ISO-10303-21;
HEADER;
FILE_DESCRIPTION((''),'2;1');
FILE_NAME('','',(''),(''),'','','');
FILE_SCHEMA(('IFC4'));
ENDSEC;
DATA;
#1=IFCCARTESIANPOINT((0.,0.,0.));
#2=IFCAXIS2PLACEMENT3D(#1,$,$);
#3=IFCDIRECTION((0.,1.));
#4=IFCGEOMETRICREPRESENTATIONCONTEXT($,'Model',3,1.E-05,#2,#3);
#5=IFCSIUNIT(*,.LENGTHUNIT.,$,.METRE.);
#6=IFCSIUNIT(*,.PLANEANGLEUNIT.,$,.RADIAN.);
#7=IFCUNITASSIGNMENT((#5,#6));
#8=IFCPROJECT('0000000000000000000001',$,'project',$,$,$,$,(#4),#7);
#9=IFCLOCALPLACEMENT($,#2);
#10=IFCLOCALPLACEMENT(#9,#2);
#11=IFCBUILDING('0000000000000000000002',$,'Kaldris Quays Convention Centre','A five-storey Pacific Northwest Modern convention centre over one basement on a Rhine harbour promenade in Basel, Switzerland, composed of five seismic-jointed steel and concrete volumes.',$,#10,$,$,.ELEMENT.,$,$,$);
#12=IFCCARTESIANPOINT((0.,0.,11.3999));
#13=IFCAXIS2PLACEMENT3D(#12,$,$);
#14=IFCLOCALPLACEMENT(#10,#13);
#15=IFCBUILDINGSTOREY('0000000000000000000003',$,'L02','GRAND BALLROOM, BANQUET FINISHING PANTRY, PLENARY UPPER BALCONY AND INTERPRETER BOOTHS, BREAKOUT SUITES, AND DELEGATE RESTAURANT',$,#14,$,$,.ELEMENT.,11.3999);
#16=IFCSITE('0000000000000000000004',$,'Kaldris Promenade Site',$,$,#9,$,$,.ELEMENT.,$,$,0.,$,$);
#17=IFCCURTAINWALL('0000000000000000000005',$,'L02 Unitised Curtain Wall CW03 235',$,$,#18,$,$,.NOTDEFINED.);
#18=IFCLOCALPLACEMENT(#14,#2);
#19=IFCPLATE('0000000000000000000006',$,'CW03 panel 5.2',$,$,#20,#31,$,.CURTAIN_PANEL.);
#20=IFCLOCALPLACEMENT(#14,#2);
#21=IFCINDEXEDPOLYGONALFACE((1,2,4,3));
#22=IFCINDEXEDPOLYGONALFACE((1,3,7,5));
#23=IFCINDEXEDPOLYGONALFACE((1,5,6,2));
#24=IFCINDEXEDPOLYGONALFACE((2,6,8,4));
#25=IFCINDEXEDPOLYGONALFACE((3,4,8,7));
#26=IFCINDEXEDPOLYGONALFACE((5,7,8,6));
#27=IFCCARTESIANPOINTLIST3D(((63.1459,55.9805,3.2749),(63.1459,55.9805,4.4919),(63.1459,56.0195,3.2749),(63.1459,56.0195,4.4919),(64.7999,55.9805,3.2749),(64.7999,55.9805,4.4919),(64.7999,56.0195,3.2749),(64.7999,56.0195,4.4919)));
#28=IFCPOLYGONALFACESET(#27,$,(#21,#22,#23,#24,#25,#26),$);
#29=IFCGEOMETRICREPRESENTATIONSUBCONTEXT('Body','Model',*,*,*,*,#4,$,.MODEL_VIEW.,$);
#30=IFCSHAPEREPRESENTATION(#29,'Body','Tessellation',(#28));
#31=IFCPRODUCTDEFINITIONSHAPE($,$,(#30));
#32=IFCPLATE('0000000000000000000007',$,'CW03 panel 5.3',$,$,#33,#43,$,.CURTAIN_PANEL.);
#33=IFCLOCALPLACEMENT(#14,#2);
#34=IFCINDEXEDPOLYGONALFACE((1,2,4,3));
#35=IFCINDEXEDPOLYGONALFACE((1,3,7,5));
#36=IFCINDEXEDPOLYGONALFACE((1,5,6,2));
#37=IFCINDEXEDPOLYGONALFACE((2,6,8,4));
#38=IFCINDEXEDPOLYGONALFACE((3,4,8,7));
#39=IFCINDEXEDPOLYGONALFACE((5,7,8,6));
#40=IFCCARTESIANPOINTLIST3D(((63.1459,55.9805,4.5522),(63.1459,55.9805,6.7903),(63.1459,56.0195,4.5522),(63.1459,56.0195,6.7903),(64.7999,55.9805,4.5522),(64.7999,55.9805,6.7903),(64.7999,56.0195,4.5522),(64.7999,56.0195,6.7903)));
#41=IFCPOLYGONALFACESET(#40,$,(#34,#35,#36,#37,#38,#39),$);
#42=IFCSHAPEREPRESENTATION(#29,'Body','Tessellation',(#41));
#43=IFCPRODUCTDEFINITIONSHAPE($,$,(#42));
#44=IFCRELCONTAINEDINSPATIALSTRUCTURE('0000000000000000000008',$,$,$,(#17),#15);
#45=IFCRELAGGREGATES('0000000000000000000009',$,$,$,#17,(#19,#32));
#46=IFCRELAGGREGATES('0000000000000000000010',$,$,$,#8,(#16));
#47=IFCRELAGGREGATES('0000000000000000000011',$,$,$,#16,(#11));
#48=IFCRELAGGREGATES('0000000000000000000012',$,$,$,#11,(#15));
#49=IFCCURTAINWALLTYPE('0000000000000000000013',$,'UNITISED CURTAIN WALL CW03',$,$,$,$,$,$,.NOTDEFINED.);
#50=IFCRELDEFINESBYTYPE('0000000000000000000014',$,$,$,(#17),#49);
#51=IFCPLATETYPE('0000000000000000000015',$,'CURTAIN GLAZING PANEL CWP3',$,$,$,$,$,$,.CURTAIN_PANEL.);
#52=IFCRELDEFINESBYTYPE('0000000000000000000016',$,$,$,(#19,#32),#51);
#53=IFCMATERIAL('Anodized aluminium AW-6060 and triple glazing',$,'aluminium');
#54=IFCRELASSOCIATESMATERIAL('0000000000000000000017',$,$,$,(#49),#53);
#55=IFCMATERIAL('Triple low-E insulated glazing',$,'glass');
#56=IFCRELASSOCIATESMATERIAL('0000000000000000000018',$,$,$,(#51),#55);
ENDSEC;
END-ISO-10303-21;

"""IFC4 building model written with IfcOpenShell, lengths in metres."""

from ifc_helpers import new_model, si_unit, direction, frame, origin, origin_2d, place, context, subcontext, project, spatial, rectangle, extrude, material, type_object, element, aggregate, save


model = new_model("IFC4")

# Units and contexts
model_context = context("Model", 3, precision=1e-05, world=origin(), true_north=direction((0.0, 1.0)))
body_context = subcontext(model_context, "Body", "Model", "MODEL_VIEW")
ifc_project = project(units=[si_unit("LENGTHUNIT", "METRE"), si_unit("PLANEANGLEUNIT", "RADIAN")], contexts=[model_context])

# Site, building, storey
site_placement = place(None, origin())
site = spatial("IfcSite", under=ifc_project, at=site_placement, Name="Kaldris Promenade Site", CompositionType="ELEMENT", RefElevation=0.0)
building_placement = place(site_placement, origin())
building = spatial("IfcBuilding", under=site, at=building_placement, Name="Kaldris Quays Convention Centre", Description="A five-storey Pacific Northwest Modern convention centre over one basement on a Rhine harbour promenade in Basel, Switzerland, composed of five seismic-jointed steel and concrete volumes.", CompositionType="ELEMENT")
storey_placement = place(building_placement, frame((0.0, 0.0, 11.3999)))
storey = spatial("IfcBuildingStorey", under=building, at=storey_placement, Name="L02", Description="GRAND BALLROOM, BANQUET FINISHING PANTRY, PLENARY UPPER BALCONY AND INTERPRETER BOOTHS, BREAKOUT SUITES, AND DELEGATE RESTAURANT", CompositionType="ELEMENT", Elevation=11.3999)

# Curtain wall
ifc_material_1 = material(Name="Anodized aluminium AW-6060 and triple glazing", Category="aluminium")
curtain_wall_type = type_object("IfcCurtainWallType", Name="UNITISED CURTAIN WALL CW03", PredefinedType="NOTDEFINED", material=ifc_material_1)
curtain_wall_1_placement = place(storey_placement, origin())
curtain_wall_1 = element("IfcCurtainWall", 1, at=curtain_wall_1_placement, inside=storey, type_object=curtain_wall_type, Name="L02 Unitised Curtain Wall CW03 235", PredefinedType="NOTDEFINED")

# Plates
ifc_material_2 = material(Name="Triple low-E insulated glazing", Category="glass")
plate_type = type_object("IfcPlateType", Name="CURTAIN GLAZING PANEL CWP3", PredefinedType="CURTAIN_PANEL", material=ifc_material_2)
plate_1_placement = place(storey_placement, frame((63.9729, 56.0, 3.2749), z_axis=(0.0, 0.0, 1.0), x_axis=(1.0, 0.0, 0.0)))
plate_1 = element("IfcPlate", 2, at=plate_1_placement, type_object=plate_type, Name="CW03 panel 5.2", PredefinedType="CURTAIN_PANEL", context=body_context, shape_type="SweptSolid", body=[
    extrude(rectangle(XDim=1.6541, YDim=0.0391, at=origin_2d()), origin(), (0.0, 0.0, 1.0), 1.217),
])
plate_2_placement = place(storey_placement, frame((63.9729, 56.0, 4.5522), z_axis=(0.0, 0.0, 1.0), x_axis=(1.0, 0.0, 0.0)))
plate_2 = element("IfcPlate", 3, at=plate_2_placement, type_object=plate_type, Name="CW03 panel 5.3", PredefinedType="CURTAIN_PANEL", context=body_context, shape_type="SweptSolid", body=[
    extrude(rectangle(XDim=1.6541, YDim=0.0391, at=origin_2d()), origin(), (0.0, 0.0, 1.0), 2.238),
])
aggregate(curtain_wall_1, [plate_1, plate_2])

save(model, "model.ifc")
